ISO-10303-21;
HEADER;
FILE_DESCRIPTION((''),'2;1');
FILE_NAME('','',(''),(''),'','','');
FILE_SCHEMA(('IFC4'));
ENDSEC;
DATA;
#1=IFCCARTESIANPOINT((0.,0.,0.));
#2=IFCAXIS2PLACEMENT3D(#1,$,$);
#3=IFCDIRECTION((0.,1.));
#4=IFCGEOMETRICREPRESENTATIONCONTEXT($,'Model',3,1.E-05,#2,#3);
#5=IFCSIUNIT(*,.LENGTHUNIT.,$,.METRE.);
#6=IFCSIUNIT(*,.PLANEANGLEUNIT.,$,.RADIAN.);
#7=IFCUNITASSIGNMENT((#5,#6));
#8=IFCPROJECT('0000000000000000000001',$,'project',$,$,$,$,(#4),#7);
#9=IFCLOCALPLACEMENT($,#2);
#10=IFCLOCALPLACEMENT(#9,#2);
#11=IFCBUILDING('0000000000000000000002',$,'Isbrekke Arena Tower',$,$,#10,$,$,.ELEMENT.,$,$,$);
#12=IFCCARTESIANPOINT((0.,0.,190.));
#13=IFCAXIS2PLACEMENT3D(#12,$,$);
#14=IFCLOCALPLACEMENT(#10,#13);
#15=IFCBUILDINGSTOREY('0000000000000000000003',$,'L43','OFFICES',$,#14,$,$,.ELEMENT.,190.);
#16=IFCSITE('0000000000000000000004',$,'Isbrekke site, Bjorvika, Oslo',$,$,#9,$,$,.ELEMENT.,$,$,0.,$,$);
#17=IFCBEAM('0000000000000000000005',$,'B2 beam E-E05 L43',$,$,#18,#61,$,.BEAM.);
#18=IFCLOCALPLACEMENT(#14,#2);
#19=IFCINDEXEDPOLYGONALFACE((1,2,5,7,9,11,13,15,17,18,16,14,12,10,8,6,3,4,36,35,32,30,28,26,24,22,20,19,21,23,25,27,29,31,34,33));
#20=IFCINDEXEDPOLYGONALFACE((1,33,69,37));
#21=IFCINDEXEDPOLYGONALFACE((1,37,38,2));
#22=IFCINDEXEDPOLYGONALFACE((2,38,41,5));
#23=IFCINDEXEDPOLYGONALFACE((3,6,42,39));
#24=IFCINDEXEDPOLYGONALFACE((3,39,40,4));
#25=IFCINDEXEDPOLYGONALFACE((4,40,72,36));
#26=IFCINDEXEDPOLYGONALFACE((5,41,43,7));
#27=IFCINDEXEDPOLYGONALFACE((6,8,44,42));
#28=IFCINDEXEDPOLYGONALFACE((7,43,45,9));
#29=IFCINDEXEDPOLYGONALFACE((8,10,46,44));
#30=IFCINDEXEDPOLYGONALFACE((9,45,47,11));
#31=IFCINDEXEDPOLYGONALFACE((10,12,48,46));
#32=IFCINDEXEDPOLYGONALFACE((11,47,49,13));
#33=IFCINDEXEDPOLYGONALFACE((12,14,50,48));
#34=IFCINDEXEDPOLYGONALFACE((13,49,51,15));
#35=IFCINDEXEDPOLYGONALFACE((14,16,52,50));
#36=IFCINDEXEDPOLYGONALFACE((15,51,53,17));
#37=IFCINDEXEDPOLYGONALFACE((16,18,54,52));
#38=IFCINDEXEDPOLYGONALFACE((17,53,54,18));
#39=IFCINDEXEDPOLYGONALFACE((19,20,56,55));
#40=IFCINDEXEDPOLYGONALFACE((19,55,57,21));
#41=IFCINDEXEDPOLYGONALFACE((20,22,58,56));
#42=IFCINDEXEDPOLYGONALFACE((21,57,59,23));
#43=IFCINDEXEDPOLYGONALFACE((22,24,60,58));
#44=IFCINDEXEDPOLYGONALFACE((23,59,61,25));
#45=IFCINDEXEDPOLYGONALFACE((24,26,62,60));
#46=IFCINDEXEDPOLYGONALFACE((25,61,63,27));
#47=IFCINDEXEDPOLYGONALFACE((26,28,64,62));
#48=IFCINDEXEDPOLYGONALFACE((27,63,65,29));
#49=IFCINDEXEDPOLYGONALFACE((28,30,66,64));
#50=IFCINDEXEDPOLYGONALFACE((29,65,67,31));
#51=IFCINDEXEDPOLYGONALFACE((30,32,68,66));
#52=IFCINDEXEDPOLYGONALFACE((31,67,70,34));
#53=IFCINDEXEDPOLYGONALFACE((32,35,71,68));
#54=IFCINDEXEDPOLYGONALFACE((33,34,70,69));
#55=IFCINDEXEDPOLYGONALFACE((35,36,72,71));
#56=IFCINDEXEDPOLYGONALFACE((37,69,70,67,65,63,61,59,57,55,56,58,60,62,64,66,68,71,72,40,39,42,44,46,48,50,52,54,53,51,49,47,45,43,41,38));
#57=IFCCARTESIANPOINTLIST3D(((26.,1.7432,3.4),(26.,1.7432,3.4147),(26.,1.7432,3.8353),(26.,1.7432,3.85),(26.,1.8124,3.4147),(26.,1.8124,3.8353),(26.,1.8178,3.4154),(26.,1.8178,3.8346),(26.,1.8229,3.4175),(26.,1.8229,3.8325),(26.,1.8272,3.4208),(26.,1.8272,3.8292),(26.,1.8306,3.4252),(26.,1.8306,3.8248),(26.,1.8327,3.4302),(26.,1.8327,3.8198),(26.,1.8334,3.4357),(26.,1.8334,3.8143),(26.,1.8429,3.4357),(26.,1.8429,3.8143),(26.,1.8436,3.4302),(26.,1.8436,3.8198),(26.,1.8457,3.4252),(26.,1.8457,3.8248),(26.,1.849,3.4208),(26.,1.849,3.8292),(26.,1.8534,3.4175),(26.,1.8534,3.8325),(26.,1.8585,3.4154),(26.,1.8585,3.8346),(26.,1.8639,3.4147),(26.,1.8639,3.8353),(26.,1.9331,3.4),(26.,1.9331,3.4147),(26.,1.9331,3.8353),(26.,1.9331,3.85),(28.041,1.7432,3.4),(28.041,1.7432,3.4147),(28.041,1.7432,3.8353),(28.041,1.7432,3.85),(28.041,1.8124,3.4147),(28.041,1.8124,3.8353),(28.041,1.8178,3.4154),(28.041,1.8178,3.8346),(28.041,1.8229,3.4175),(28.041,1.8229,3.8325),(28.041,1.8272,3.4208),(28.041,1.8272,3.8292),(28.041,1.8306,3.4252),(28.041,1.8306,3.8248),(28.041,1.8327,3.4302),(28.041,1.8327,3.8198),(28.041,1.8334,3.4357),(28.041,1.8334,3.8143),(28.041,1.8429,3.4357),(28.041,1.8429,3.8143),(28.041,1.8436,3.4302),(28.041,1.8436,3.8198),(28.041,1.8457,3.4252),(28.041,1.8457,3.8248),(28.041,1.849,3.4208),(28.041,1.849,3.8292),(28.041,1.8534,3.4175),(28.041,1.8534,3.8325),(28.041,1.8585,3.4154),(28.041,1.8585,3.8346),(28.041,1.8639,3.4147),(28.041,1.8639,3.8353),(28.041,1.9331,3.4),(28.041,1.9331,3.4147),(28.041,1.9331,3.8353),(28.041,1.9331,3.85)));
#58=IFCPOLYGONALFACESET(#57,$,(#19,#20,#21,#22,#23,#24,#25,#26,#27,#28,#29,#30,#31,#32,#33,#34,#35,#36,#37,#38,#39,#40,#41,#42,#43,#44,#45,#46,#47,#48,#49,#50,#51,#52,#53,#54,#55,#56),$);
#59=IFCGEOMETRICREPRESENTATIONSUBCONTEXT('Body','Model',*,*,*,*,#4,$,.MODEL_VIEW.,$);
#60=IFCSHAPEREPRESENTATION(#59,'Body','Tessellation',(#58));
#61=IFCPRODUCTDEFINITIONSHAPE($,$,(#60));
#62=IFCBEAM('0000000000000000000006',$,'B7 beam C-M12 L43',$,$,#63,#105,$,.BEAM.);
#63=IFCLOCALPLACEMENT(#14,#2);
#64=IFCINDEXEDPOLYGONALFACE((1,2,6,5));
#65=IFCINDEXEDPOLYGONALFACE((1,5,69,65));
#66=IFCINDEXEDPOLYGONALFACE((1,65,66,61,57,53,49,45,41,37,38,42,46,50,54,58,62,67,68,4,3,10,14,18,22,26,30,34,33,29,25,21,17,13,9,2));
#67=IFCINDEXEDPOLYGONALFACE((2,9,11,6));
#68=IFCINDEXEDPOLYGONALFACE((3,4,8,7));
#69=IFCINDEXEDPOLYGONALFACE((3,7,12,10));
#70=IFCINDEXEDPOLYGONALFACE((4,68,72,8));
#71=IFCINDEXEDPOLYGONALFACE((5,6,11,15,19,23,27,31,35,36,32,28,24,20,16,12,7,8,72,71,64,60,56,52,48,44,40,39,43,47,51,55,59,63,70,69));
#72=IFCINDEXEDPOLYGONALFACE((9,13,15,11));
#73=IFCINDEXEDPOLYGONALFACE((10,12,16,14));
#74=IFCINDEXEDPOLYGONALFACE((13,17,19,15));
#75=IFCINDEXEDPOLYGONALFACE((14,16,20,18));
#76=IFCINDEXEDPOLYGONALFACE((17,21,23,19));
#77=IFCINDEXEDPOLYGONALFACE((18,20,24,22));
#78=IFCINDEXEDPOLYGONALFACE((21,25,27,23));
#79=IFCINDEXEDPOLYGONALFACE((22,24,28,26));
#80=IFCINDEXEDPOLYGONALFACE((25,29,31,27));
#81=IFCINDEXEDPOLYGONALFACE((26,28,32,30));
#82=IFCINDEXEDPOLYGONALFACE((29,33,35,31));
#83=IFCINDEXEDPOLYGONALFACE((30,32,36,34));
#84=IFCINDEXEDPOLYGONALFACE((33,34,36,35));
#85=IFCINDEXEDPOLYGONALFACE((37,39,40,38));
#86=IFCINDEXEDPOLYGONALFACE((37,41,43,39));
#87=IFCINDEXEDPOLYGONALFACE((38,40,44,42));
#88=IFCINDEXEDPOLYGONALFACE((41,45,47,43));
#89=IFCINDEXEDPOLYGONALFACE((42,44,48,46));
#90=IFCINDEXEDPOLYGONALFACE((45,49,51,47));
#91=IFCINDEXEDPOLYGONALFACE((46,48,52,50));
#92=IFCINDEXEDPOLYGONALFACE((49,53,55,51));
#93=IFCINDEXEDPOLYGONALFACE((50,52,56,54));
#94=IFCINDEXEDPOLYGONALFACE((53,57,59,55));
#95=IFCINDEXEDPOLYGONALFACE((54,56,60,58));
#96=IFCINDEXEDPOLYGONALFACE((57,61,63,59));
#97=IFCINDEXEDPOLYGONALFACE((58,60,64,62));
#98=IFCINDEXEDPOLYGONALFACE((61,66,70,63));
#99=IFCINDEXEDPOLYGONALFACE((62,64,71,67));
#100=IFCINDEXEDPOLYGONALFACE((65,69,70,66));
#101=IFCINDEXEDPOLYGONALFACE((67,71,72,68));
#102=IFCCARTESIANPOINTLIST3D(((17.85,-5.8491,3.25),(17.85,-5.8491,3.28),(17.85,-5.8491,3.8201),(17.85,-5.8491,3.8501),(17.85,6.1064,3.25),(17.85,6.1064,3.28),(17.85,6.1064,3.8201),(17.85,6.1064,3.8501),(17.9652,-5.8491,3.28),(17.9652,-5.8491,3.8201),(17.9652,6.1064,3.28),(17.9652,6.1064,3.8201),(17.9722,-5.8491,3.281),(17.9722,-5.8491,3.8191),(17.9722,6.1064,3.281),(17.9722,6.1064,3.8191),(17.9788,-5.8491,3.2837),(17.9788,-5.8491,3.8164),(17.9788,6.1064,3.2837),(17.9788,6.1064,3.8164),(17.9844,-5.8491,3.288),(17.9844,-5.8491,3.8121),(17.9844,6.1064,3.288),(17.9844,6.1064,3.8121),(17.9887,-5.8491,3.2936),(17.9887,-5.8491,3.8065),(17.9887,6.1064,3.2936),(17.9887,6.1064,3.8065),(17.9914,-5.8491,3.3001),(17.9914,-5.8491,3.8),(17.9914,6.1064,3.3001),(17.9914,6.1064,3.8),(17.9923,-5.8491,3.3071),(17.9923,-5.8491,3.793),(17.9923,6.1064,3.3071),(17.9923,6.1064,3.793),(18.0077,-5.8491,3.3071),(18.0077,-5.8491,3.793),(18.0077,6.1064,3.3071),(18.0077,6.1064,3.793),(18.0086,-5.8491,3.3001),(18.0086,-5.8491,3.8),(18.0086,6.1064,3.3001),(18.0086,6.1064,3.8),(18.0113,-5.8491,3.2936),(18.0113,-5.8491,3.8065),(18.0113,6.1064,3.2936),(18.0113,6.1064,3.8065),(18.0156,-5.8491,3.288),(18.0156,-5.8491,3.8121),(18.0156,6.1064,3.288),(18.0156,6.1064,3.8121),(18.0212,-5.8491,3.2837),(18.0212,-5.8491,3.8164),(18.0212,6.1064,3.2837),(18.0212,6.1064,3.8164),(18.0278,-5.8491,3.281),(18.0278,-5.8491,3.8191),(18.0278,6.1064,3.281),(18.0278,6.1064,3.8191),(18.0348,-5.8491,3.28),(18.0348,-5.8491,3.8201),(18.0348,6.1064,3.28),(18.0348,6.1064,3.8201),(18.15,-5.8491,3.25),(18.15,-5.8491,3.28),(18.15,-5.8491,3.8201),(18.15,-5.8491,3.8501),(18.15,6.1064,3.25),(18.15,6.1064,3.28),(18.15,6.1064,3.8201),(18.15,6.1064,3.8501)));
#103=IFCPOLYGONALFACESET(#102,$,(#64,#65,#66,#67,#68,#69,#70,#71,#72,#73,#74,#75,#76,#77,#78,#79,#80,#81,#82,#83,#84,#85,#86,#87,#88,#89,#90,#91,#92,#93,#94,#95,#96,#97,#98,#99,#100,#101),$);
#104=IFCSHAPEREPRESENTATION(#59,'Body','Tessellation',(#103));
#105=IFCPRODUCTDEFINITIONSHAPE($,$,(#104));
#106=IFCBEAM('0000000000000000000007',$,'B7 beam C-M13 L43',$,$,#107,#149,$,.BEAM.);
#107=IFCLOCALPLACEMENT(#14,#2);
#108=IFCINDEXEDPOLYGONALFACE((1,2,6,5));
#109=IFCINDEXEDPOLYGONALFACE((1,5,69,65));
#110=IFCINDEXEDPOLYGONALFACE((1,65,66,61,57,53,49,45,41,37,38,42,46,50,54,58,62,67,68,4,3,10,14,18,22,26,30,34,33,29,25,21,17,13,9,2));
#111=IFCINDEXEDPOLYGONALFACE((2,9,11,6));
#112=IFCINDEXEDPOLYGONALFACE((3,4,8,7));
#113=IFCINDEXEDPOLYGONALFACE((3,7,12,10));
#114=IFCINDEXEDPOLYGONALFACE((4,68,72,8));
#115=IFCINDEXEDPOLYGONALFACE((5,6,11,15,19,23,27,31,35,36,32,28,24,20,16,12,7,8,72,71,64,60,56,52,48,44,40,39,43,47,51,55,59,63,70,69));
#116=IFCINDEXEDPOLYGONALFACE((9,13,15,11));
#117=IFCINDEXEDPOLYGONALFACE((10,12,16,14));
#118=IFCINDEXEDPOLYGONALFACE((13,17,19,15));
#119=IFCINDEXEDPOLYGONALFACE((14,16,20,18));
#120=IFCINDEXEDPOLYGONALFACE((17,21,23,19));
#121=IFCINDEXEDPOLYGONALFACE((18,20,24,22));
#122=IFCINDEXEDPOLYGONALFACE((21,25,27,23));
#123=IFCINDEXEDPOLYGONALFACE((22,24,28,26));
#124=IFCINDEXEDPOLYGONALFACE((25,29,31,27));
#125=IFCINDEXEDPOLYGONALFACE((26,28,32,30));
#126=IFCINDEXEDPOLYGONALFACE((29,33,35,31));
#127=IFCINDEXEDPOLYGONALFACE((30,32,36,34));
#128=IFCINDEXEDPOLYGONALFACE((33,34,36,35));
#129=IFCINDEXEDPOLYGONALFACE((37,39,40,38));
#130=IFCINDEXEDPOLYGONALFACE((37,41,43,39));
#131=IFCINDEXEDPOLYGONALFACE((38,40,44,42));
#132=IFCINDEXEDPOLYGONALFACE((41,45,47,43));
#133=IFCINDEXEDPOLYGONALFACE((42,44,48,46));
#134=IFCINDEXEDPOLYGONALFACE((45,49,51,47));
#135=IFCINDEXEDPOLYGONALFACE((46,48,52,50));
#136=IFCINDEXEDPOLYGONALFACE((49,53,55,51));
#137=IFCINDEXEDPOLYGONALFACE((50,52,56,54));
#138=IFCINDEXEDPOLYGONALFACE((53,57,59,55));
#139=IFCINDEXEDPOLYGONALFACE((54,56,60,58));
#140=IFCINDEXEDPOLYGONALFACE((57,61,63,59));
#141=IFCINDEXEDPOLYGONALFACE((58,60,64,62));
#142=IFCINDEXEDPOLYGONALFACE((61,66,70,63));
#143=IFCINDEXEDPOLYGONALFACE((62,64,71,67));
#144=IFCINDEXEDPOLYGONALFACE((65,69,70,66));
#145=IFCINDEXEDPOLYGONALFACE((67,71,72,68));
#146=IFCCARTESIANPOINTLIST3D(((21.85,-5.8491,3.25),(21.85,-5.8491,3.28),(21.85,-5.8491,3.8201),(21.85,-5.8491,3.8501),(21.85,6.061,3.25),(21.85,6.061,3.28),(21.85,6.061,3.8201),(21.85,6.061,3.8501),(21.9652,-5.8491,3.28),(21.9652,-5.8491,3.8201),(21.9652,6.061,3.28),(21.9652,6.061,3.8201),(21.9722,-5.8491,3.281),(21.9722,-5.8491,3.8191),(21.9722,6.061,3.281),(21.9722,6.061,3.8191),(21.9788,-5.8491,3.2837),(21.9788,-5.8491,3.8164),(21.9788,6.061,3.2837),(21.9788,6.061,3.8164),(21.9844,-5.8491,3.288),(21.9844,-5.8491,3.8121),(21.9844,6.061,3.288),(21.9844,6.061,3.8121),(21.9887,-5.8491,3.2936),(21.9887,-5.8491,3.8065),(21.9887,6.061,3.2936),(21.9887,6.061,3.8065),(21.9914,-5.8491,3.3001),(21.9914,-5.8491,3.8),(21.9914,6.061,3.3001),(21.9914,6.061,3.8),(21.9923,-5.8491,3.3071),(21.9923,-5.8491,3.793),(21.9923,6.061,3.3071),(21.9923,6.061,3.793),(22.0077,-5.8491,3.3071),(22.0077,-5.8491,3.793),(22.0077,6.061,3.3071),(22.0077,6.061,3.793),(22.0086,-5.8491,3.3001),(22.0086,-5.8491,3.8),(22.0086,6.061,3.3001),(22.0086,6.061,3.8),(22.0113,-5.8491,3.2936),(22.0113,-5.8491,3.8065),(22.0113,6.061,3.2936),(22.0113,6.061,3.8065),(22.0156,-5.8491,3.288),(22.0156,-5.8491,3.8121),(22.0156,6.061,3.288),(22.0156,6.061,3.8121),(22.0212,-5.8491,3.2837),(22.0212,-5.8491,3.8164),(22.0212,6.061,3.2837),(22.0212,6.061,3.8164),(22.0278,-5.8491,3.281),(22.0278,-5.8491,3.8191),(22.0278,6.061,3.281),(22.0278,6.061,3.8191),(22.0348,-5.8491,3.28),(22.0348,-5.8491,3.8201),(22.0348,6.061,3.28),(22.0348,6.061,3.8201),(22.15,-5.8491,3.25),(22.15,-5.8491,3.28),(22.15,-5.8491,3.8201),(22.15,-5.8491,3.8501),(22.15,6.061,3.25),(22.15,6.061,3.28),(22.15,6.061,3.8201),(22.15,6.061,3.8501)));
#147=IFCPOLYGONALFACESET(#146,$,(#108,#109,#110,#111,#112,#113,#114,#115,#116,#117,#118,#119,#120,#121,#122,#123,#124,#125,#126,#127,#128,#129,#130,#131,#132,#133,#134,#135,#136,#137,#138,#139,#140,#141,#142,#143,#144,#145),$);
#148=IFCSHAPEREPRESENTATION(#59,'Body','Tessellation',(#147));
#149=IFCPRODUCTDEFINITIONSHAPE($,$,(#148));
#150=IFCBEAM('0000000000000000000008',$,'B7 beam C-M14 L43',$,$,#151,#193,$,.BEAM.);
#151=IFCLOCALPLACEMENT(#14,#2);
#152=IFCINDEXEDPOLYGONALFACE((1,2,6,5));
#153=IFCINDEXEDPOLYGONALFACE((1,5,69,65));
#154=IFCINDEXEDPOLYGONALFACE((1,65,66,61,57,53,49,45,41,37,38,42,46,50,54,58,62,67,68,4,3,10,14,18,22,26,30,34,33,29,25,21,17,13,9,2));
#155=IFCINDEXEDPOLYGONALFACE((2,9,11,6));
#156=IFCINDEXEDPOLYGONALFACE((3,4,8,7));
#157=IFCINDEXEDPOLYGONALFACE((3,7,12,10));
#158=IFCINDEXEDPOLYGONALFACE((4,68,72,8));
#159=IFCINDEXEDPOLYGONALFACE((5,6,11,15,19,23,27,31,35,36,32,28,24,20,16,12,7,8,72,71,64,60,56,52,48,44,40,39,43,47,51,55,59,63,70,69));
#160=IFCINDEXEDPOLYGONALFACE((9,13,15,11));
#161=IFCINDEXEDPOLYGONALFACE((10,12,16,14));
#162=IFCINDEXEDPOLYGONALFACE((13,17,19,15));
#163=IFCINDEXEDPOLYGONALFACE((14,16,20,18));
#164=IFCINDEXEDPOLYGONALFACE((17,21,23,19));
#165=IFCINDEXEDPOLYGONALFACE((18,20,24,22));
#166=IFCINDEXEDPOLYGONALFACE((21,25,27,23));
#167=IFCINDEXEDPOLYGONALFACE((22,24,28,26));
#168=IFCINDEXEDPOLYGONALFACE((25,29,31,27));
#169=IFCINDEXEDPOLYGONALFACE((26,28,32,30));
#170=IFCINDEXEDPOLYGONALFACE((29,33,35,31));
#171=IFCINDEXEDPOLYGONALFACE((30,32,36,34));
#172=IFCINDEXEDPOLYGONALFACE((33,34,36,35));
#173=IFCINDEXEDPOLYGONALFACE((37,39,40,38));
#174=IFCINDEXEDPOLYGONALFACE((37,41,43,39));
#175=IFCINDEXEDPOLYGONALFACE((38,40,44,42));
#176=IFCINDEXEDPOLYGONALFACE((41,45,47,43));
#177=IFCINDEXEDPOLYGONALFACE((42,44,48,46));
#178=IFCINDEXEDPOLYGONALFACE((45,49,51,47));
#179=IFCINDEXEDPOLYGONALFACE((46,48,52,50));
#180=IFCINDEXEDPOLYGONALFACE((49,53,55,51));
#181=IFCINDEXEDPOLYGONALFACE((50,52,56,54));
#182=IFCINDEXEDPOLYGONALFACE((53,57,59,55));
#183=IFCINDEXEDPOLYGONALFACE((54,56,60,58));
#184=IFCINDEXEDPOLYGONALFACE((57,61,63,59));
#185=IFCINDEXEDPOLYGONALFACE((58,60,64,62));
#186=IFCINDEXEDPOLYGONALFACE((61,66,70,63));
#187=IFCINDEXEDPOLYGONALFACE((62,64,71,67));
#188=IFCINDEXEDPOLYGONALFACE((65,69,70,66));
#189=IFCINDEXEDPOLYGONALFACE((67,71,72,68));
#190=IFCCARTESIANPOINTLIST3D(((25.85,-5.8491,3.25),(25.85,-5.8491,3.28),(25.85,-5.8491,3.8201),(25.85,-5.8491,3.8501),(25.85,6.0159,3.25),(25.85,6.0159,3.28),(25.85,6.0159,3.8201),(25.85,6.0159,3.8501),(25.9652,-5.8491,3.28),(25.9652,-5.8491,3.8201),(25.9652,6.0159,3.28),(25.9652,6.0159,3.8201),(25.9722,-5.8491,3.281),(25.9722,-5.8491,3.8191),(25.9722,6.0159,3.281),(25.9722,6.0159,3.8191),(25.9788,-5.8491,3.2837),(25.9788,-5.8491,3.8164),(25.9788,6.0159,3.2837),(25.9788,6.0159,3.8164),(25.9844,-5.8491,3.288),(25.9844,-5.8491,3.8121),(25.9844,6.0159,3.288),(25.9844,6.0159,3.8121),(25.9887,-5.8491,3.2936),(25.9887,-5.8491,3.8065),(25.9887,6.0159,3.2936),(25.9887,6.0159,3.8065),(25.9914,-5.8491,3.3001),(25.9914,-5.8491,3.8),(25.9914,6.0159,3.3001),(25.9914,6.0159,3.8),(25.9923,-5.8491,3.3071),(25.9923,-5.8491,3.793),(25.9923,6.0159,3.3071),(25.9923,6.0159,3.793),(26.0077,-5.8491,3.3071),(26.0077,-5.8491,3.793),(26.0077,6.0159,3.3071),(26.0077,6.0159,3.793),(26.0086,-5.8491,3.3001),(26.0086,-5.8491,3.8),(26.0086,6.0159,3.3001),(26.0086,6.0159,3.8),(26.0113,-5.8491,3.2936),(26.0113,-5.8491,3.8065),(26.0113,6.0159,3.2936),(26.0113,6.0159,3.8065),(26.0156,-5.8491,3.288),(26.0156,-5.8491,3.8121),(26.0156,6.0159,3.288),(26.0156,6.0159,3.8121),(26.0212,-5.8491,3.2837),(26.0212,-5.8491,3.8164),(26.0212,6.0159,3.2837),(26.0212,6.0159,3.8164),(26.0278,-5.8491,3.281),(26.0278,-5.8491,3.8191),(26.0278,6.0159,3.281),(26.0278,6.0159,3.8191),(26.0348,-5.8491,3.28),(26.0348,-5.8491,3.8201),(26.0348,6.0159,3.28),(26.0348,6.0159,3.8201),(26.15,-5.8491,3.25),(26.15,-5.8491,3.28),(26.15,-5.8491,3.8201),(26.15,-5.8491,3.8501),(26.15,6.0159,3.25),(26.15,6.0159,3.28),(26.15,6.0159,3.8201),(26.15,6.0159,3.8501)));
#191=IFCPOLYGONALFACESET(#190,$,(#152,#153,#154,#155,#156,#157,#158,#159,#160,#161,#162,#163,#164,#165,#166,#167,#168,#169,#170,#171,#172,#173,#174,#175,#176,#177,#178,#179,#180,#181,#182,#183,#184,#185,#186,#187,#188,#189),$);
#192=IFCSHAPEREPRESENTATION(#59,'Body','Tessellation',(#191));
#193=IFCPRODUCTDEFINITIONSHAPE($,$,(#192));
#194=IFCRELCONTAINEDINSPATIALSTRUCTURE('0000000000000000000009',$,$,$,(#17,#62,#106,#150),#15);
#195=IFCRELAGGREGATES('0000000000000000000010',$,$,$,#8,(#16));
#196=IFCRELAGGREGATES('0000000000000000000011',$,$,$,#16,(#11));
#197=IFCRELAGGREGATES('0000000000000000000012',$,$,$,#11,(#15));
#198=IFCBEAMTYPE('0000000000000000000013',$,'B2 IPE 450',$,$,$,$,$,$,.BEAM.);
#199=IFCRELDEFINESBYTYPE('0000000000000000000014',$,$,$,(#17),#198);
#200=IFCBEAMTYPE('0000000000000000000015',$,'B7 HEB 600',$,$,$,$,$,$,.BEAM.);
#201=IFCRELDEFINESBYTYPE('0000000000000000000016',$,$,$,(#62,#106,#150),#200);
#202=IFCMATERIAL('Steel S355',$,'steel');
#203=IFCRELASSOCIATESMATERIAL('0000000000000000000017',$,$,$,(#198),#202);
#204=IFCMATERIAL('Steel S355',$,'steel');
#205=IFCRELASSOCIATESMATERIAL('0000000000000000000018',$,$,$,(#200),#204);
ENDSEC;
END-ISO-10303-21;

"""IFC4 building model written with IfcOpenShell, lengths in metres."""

from ifc_helpers import new_model, si_unit, direction, frame, origin, origin_2d, place, context, subcontext, project, spatial, i_section, extrude, material, material_profile, profile_set, type_object, element, save


model = new_model("IFC4")

# Units and contexts
model_context = context("Model", 3, precision=1e-05, world=origin(), true_north=direction((0.0, 1.0)))
body_context = subcontext(model_context, "Body", "Model", "MODEL_VIEW")
ifc_project = project(units=[si_unit("LENGTHUNIT", "METRE"), si_unit("PLANEANGLEUNIT", "RADIAN")], contexts=[model_context])

# Site, building, storey
site_placement = place(None, origin())
site = spatial("IfcSite", under=ifc_project, at=site_placement, Name="Isbrekke site, Bjorvika, Oslo", CompositionType="ELEMENT", RefElevation=0.0)
building_placement = place(site_placement, origin())
building = spatial("IfcBuilding", under=site, at=building_placement, Name="Isbrekke Arena Tower", CompositionType="ELEMENT")
storey_placement = place(building_placement, frame((0.0, 0.0, 190.0)))
storey = spatial("IfcBuildingStorey", under=building, at=storey_placement, Name="L43", Description="OFFICES", CompositionType="ELEMENT", Elevation=190.0)

# Beams
ifc_material_1 = material(Name="Steel S355", Category="steel")
ifc_material_profile_1 = material_profile(ifc_material_1, i_section(OverallWidth=0.1899, OverallDepth=0.45, WebThickness=0.0095, FlangeThickness=0.0146, FilletRadius=0.021, at=origin_2d()), Name="IPE 450")
ifc_profile_set_1 = profile_set([ifc_material_profile_1], Name="Steel S355")
beam_type_1 = type_object("IfcBeamType", Name="B2 IPE 450", PredefinedType="BEAM", material=ifc_profile_set_1)
beam_1_placement = place(storey_placement, frame((28.041, 1.8381, 3.625), z_axis=(-1.0, 0.0, 0.0), x_axis=(0.0, -1.0, 0.0)))
element("IfcBeam", 1, at=beam_1_placement, inside=storey, type_object=beam_type_1, Name="B2 beam E-E05 L43", PredefinedType="BEAM", context=body_context, shape_type="SweptSolid", body=[
    extrude(i_section(OverallWidth=0.1899, OverallDepth=0.45, WebThickness=0.0095, FlangeThickness=0.0146, FilletRadius=0.021, at=origin_2d()), origin(), (0.0, 0.0, 1.0), 2.041),
])
ifc_material_2 = material(Name="Steel S355", Category="steel")
ifc_material_profile_2 = material_profile(ifc_material_2, i_section(OverallWidth=0.3, OverallDepth=0.6001, WebThickness=0.0154, FlangeThickness=0.03, FilletRadius=0.0271, at=origin_2d()), Name="HEB 600")
ifc_profile_set_2 = profile_set([ifc_material_profile_2], Name="Steel S355")
beam_type_2 = type_object("IfcBeamType", Name="B7 HEB 600", PredefinedType="BEAM", material=ifc_profile_set_2)
beam_2_placement = place(storey_placement, frame((18.0, -5.8491, 3.55), z_axis=(0.0, 1.0, 0.0), x_axis=(-1.0, 0.0, 0.0)))
element("IfcBeam", 2, at=beam_2_placement, inside=storey, type_object=beam_type_2, Name="B7 beam C-M12 L43", PredefinedType="BEAM", context=body_context, shape_type="SweptSolid", body=[
    extrude(i_section(OverallWidth=0.3, OverallDepth=0.6001, WebThickness=0.0154, FlangeThickness=0.03, FilletRadius=0.0271, at=origin_2d()), origin(), (0.0, 0.0, 1.0), 11.9556),
])
beam_3_placement = place(storey_placement, frame((22.0, -5.8491, 3.55), z_axis=(0.0, 1.0, 0.0), x_axis=(-1.0, 0.0, 0.0)))
element("IfcBeam", 3, at=beam_3_placement, inside=storey, type_object=beam_type_2, Name="B7 beam C-M13 L43", PredefinedType="BEAM", context=body_context, shape_type="SweptSolid", body=[
    extrude(i_section(OverallWidth=0.3, OverallDepth=0.6001, WebThickness=0.0154, FlangeThickness=0.03, FilletRadius=0.0271, at=origin_2d()), origin(), (0.0, 0.0, 1.0), 11.9102),
])
beam_4_placement = place(storey_placement, frame((26.0, -5.8491, 3.55), z_axis=(0.0, 1.0, 0.0), x_axis=(-1.0, 0.0, 0.0)))
element("IfcBeam", 4, at=beam_4_placement, inside=storey, type_object=beam_type_2, Name="B7 beam C-M14 L43", PredefinedType="BEAM", context=body_context, shape_type="SweptSolid", body=[
    extrude(i_section(OverallWidth=0.3, OverallDepth=0.6001, WebThickness=0.0154, FlangeThickness=0.03, FilletRadius=0.0271, at=origin_2d()), origin(), (0.0, 0.0, 1.0), 11.865),
])

save(model, "model.ifc")
